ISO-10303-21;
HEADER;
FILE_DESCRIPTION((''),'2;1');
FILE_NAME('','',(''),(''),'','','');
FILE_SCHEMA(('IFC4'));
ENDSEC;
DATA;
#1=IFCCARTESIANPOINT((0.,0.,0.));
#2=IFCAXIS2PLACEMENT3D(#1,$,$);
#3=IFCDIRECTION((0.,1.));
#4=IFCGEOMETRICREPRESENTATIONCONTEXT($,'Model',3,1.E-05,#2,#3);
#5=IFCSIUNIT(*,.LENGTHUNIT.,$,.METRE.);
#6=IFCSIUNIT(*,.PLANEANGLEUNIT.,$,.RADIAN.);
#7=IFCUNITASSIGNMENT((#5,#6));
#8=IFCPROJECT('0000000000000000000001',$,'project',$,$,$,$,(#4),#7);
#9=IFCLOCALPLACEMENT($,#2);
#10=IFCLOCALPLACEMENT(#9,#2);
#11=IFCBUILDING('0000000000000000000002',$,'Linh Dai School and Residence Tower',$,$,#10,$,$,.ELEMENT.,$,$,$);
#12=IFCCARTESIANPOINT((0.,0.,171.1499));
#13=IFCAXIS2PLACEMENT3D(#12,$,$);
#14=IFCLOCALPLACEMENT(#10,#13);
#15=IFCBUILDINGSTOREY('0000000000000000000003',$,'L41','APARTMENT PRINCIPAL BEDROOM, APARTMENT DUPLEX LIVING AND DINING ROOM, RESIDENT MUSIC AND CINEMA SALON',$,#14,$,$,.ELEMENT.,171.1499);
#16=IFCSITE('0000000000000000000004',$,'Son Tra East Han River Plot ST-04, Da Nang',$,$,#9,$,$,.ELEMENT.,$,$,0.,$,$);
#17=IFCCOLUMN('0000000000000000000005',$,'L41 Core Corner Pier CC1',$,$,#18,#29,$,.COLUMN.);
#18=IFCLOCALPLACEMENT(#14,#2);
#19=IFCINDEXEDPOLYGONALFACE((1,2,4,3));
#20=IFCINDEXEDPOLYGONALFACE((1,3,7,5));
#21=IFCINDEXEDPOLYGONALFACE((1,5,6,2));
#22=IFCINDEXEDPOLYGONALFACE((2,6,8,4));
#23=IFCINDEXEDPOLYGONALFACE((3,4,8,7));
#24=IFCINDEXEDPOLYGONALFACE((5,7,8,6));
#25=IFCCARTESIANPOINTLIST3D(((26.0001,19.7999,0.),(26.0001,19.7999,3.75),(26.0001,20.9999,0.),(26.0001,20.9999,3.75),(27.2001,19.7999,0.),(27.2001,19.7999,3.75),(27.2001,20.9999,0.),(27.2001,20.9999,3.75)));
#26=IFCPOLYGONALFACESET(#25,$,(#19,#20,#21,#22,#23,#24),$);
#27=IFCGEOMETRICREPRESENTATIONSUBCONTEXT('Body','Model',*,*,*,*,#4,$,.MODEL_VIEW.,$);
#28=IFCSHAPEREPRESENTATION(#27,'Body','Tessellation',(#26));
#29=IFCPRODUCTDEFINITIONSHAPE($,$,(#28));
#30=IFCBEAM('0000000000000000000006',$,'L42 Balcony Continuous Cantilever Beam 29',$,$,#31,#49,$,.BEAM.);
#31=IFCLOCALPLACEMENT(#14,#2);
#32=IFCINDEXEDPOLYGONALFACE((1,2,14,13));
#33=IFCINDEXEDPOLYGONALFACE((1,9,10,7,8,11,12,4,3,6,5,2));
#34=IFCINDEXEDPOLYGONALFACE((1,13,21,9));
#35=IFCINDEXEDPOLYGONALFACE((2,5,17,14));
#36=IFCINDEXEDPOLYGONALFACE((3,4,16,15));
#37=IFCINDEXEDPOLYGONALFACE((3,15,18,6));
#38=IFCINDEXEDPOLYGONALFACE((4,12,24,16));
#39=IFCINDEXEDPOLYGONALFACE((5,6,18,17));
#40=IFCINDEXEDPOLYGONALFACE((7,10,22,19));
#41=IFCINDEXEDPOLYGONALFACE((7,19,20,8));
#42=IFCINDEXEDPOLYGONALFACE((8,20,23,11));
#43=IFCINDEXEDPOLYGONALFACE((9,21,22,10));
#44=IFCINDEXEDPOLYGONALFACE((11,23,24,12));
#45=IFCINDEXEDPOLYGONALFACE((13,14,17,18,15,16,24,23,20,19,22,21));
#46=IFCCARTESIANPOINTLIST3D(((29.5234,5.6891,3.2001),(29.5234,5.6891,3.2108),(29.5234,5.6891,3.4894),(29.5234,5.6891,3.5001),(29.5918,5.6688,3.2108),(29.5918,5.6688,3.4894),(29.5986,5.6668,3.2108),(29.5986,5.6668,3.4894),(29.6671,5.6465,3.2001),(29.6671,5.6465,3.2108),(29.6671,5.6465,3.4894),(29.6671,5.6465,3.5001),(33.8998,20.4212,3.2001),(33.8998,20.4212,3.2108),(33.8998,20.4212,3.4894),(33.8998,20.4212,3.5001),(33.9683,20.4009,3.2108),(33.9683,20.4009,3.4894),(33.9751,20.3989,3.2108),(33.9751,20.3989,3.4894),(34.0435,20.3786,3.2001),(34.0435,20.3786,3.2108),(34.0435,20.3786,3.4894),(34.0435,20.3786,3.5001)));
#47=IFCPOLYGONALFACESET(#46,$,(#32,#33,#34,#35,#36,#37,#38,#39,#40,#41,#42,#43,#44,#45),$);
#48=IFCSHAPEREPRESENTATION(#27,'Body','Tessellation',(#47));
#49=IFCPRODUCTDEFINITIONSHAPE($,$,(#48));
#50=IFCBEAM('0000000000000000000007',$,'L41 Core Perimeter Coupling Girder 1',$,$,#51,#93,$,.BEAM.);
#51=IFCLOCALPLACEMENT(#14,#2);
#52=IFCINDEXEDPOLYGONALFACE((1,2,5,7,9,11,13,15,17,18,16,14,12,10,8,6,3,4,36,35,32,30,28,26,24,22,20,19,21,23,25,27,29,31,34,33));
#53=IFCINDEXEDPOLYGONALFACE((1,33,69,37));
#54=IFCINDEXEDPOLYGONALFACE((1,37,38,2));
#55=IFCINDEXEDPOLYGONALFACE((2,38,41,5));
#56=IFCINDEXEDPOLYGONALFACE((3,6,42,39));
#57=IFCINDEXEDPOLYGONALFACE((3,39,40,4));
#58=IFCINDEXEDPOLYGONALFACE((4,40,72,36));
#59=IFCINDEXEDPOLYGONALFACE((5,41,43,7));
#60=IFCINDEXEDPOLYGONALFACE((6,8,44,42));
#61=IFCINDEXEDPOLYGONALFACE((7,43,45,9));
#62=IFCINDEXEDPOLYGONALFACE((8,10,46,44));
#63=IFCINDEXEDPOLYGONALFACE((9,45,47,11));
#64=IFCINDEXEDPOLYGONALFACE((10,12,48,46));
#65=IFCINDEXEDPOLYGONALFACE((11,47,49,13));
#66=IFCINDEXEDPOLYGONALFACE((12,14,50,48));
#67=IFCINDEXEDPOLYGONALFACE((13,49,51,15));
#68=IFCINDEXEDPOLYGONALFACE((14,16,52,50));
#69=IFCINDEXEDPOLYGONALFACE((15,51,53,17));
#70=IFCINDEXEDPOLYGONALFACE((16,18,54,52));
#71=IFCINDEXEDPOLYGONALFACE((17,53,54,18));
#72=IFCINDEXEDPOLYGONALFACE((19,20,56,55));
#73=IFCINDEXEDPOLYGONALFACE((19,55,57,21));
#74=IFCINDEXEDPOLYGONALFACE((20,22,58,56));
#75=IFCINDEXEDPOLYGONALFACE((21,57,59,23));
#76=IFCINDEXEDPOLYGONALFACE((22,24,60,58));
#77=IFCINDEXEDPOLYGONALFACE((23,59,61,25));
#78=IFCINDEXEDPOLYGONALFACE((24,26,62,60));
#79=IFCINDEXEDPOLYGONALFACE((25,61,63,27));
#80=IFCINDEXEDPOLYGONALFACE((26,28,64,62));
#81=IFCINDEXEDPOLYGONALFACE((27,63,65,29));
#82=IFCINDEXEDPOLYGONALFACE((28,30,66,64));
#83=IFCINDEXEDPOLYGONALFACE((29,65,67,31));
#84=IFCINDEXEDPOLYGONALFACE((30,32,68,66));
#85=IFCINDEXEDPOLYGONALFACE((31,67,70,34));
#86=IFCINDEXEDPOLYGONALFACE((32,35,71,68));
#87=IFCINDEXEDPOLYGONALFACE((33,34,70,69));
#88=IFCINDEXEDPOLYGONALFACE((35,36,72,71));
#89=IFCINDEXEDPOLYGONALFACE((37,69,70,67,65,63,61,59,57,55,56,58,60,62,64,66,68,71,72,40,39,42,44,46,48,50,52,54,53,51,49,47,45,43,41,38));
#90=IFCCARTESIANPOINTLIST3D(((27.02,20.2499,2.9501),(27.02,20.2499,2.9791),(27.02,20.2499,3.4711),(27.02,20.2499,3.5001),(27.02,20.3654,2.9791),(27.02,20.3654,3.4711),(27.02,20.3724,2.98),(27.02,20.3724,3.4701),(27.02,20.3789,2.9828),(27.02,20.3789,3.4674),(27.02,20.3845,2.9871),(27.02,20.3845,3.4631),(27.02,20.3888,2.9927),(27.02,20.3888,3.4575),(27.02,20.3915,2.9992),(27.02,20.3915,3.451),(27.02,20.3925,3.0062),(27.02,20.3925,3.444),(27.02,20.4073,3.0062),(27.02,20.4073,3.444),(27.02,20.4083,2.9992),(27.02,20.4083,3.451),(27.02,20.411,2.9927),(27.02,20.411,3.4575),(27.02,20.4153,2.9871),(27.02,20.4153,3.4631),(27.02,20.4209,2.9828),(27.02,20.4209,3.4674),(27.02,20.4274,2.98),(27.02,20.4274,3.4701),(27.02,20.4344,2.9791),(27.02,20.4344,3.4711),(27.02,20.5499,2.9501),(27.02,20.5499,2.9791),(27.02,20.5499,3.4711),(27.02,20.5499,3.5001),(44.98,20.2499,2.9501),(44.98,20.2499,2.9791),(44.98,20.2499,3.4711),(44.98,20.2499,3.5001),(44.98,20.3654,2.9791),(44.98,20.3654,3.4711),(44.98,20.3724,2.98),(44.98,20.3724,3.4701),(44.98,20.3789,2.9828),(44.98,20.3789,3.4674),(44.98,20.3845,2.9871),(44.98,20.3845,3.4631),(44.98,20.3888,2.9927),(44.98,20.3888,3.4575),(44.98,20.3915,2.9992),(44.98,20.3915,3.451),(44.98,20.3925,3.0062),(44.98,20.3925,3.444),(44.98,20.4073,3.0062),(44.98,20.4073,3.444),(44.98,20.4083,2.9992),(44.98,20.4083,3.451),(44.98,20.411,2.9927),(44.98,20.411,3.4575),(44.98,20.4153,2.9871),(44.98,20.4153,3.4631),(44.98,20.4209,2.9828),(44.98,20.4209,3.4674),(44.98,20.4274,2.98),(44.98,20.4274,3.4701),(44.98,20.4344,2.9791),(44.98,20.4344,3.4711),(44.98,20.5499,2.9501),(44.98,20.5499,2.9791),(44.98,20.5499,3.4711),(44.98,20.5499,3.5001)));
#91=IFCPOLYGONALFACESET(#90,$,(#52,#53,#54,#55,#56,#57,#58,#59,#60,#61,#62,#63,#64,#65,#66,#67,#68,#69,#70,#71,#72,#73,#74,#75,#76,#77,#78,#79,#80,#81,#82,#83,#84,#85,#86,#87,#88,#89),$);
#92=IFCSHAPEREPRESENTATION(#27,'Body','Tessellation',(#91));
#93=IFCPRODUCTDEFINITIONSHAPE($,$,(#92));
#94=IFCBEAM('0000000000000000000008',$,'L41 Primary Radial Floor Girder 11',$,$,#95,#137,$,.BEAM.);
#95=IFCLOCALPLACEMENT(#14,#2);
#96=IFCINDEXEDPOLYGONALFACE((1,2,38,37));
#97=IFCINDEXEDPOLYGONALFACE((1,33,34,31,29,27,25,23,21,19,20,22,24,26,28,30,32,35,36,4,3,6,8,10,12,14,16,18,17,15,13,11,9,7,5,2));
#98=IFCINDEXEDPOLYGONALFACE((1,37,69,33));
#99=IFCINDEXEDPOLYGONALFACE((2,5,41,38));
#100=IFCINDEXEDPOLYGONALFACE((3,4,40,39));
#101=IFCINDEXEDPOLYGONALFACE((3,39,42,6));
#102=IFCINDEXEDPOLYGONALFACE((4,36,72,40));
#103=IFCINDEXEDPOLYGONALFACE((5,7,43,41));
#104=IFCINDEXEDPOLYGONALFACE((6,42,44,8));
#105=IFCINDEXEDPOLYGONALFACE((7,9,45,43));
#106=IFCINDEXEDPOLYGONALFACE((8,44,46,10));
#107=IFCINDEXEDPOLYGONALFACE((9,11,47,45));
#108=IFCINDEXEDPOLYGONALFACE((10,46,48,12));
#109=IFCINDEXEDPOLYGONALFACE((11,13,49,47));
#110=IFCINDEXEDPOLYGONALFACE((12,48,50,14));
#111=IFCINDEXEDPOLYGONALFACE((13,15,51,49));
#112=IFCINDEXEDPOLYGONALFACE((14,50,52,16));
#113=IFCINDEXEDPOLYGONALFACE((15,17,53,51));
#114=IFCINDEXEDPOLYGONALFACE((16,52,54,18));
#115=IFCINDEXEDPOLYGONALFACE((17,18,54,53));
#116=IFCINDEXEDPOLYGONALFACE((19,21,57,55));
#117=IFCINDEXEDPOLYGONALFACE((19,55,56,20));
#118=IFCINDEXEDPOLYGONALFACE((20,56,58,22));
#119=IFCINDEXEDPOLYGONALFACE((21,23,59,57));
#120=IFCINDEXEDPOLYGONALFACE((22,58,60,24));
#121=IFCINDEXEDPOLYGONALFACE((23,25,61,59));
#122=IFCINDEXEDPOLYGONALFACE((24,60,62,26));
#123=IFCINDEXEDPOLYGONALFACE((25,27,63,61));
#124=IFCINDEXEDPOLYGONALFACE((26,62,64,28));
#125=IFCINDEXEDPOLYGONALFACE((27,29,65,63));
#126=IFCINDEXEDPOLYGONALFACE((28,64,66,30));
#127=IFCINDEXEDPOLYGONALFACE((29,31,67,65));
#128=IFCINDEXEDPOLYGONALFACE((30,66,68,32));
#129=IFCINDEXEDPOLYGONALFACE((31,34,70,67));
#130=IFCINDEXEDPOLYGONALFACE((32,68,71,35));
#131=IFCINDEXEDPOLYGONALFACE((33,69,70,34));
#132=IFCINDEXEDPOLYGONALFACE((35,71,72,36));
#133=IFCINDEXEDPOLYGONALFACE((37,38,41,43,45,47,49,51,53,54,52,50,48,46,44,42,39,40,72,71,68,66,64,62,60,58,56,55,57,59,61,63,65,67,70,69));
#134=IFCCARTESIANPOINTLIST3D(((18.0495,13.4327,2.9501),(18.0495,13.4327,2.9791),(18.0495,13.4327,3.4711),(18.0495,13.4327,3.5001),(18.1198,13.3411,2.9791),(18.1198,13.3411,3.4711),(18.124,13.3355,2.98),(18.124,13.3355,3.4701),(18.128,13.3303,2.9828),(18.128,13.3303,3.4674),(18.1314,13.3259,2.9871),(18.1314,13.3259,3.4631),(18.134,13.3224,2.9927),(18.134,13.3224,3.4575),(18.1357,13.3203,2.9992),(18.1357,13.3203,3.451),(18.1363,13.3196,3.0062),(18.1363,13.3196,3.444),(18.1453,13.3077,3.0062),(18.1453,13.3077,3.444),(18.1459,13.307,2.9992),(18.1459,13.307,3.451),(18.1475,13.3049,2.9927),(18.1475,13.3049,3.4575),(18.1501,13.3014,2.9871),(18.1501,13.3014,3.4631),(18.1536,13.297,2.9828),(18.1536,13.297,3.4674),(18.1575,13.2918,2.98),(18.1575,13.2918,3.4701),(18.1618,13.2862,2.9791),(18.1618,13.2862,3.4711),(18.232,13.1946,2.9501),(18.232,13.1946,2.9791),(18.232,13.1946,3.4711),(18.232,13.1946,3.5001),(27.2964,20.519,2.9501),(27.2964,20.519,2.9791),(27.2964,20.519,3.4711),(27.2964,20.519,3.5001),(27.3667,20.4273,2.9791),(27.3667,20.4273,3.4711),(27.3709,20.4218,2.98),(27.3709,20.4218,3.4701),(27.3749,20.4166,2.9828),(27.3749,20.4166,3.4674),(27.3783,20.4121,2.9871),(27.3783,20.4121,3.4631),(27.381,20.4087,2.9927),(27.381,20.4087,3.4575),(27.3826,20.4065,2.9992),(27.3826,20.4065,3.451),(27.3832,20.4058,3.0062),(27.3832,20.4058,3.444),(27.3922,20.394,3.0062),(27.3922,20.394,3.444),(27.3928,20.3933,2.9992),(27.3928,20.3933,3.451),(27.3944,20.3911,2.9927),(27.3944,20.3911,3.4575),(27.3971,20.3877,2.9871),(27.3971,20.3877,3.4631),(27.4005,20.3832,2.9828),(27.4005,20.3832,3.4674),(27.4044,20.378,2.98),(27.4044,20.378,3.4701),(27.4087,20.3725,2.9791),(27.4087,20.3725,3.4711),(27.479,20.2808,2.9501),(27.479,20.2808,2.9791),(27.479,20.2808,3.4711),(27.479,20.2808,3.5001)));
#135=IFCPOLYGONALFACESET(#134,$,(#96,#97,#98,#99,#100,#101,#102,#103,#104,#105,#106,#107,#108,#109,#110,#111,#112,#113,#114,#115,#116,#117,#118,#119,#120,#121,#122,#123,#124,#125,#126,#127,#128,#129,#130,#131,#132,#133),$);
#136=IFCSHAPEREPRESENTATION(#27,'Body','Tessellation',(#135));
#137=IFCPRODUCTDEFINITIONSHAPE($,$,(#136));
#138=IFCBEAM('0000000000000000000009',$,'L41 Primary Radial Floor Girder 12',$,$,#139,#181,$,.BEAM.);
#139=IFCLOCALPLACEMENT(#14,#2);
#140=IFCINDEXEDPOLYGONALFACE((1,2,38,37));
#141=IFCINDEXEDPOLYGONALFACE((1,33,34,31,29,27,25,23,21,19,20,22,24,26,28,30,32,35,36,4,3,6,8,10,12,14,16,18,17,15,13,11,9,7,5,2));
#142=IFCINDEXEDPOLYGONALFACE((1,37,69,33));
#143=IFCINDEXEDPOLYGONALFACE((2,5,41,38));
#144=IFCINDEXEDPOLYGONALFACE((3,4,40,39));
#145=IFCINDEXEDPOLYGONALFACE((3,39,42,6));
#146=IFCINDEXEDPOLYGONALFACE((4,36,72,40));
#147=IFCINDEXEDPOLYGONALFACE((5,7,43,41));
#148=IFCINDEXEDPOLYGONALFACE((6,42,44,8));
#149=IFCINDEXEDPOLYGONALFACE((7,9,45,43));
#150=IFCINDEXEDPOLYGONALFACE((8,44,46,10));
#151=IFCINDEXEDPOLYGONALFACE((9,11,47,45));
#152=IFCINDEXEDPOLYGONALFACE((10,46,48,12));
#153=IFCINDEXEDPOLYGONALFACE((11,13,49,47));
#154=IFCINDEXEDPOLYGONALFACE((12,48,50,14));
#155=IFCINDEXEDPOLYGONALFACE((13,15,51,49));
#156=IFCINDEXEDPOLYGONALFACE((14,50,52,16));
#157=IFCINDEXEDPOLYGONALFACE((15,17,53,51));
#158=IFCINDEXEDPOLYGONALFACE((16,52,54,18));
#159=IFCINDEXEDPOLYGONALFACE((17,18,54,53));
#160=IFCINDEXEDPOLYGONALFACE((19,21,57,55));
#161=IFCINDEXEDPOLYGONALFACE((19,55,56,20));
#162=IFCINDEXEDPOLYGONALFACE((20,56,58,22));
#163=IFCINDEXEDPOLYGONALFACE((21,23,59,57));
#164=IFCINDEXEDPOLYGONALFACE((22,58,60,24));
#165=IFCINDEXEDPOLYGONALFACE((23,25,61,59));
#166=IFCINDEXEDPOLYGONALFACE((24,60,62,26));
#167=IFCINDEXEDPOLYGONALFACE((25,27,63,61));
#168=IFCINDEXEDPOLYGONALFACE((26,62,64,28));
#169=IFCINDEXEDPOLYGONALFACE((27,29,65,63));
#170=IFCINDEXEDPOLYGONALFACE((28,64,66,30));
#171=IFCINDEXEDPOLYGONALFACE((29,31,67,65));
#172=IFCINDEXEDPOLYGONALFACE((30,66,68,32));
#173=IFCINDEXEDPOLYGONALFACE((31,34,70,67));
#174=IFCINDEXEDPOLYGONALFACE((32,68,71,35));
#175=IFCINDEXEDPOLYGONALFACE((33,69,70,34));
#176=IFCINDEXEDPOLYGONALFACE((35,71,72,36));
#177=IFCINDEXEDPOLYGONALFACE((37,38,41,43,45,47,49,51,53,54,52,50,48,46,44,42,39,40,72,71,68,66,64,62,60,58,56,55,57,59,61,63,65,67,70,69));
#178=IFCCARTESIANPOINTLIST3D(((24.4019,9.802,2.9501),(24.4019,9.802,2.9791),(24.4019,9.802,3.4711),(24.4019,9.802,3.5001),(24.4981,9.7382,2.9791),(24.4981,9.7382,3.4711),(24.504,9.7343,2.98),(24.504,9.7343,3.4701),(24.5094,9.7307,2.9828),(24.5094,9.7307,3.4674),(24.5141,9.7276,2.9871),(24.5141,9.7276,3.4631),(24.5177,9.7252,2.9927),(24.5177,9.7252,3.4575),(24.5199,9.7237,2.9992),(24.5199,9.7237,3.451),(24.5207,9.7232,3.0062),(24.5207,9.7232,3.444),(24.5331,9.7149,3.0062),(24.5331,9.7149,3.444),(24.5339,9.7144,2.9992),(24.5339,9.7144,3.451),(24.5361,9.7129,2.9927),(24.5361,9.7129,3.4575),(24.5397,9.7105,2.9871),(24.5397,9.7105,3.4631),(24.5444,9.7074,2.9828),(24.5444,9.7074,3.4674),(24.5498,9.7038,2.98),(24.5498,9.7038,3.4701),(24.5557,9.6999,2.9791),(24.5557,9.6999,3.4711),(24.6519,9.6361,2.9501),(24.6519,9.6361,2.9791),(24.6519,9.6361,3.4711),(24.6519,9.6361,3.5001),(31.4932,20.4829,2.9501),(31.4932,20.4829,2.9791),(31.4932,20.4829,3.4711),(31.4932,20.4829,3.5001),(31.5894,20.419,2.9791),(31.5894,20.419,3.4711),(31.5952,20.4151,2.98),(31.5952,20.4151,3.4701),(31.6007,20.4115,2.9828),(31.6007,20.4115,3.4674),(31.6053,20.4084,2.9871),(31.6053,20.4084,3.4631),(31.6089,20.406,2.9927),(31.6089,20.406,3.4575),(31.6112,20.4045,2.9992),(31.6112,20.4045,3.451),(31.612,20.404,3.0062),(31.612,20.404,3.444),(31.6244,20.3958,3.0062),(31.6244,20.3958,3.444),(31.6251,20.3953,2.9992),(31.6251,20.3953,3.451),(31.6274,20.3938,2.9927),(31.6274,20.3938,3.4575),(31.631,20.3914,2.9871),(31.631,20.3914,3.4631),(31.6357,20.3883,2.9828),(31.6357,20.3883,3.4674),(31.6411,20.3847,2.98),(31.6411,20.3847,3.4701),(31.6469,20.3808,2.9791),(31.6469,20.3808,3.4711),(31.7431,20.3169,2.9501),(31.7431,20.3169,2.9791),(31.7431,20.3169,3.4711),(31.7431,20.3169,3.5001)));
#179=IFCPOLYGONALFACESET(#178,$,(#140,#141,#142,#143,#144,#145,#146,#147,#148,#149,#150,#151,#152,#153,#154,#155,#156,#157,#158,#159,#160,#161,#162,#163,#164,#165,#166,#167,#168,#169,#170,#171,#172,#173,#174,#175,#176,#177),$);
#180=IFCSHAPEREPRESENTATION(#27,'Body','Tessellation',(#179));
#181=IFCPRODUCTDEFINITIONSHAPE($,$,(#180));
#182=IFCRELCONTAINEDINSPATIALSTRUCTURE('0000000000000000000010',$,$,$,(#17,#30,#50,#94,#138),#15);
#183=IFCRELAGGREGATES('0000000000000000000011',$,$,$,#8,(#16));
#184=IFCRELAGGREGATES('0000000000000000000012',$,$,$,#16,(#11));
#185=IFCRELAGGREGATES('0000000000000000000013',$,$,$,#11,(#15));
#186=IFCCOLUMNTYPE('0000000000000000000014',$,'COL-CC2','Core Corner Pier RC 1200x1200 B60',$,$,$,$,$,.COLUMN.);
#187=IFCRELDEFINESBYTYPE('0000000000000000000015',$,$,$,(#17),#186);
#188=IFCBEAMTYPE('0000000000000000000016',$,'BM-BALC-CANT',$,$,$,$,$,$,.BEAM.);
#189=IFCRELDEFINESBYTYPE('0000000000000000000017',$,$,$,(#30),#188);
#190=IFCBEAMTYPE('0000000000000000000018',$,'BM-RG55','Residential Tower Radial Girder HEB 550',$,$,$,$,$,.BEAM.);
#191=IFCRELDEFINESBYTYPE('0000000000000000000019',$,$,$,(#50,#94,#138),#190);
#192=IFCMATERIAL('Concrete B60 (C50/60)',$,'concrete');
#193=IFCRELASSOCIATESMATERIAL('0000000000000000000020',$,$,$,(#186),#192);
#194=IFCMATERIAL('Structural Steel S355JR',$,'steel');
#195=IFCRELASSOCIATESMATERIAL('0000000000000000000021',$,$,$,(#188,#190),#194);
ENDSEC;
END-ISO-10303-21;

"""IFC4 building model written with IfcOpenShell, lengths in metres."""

from ifc_helpers import new_model, si_unit, direction, frame, origin, origin_2d, place, context, subcontext, project, spatial, rectangle, i_section, extrude, material, material_profile, profile_set, type_object, element, save


model = new_model("IFC4")

# Units and contexts
model_context = context("Model", 3, precision=1e-05, world=origin(), true_north=direction((0.0, 1.0)))
body_context = subcontext(model_context, "Body", "Model", "MODEL_VIEW")
ifc_project = project(units=[si_unit("LENGTHUNIT", "METRE"), si_unit("PLANEANGLEUNIT", "RADIAN")], contexts=[model_context])

# Site, building, storey
site_placement = place(None, origin())
site = spatial("IfcSite", under=ifc_project, at=site_placement, Name="Son Tra East Han River Plot ST-04, Da Nang", CompositionType="ELEMENT", RefElevation=0.0)
building_placement = place(site_placement, origin())
building = spatial("IfcBuilding", under=site, at=building_placement, Name="Linh Dai School and Residence Tower", CompositionType="ELEMENT")
storey_placement = place(building_placement, frame((0.0, 0.0, 171.1499)))
storey = spatial("IfcBuildingStorey", under=building, at=storey_placement, Name="L41", Description="APARTMENT PRINCIPAL BEDROOM, APARTMENT DUPLEX LIVING AND DINING ROOM, RESIDENT MUSIC AND CINEMA SALON", CompositionType="ELEMENT", Elevation=171.1499)

# Column
ifc_material_1 = material(Name="Concrete B60 (C50/60)", Category="concrete")
ifc_material_profile_1 = material_profile(ifc_material_1, rectangle(XDim=1.2, YDim=1.2, at=origin_2d()), Name="RC 1200x1200")
ifc_profile_set_1 = profile_set([ifc_material_profile_1], Name="Concrete B60 (C50/60)")
column_type = type_object("IfcColumnType", Name="COL-CC2", Description="Core Corner Pier RC 1200x1200 B60", PredefinedType="COLUMN", material=ifc_profile_set_1)
column_placement = place(storey_placement, frame((26.6001, 20.3999, 0.0), z_axis=(0.0, 0.0, 1.0), x_axis=(1.0, 0.0, 0.0)))
element("IfcColumn", 1, at=column_placement, inside=storey, type_object=column_type, Name="L41 Core Corner Pier CC1", PredefinedType="COLUMN", context=body_context, shape_type="SweptSolid", body=[
    extrude(rectangle(XDim=1.2, YDim=1.2, at=origin_2d()), origin(), (0.0, 0.0, 1.0), 3.75),
])

# Beams
ifc_material_2 = material(Name="Structural Steel S355JR", Category="steel")
ifc_material_profile_2 = material_profile(ifc_material_2, i_section(OverallWidth=0.1499, OverallDepth=0.3, WebThickness=0.0071, FlangeThickness=0.0107, at=origin_2d()), Name="IPE 300")
ifc_profile_set_2 = profile_set([ifc_material_profile_2], Name="Structural Steel S355JR")
beam_type_1 = type_object("IfcBeamType", Name="BM-BALC-CANT", PredefinedType="BEAM", material=ifc_profile_set_2)
beam_1_placement = place(storey_placement, frame((33.9717, 20.3999, 3.3501), z_axis=(-0.284769, -0.958596, 0.0), x_axis=(0.958596, -0.284769, 0.0)))
element("IfcBeam", 2, at=beam_1_placement, inside=storey, type_object=beam_type_1, Name="L42 Balcony Continuous Cantilever Beam 29", PredefinedType="BEAM", context=body_context, shape_type="SweptSolid", body=[
    extrude(i_section(OverallWidth=0.1499, OverallDepth=0.3, WebThickness=0.0071, FlangeThickness=0.0107, at=origin_2d()), origin(), (0.0, 0.0, 1.0), 15.3684),
])
ifc_material_profile_3 = material_profile(ifc_material_2, i_section(OverallWidth=0.3, OverallDepth=0.55, WebThickness=0.0149, FlangeThickness=0.0291, FilletRadius=0.0271, at=origin_2d()), Name="HEB 550")
ifc_profile_set_3 = profile_set([ifc_material_profile_3], Name="Structural Steel S355JR")
beam_type_2 = type_object("IfcBeamType", Name="BM-RG55", Description="Residential Tower Radial Girder HEB 550", PredefinedType="BEAM", material=ifc_profile_set_3)
beam_2_placement = place(storey_placement, frame((27.02, 20.3999, 3.2251), z_axis=(1.0, 0.0, 0.0), x_axis=(0.0, 1.0, 0.0)))
element("IfcBeam", 3, at=beam_2_placement, inside=storey, type_object=beam_type_2, Name="L41 Core Perimeter Coupling Girder 1", PredefinedType="BEAM", context=body_context, shape_type="SweptSolid", body=[
    extrude(i_section(OverallWidth=0.3, OverallDepth=0.55, WebThickness=0.0149, FlangeThickness=0.0291, FilletRadius=0.0271, at=origin_2d()), origin(), (0.0, 0.0, 1.0), 17.96),
])
beam_3_placement = place(storey_placement, frame((27.3877, 20.3999, 3.2251), z_axis=(-0.793733, -0.608267, 0.0), x_axis=(0.608267, -0.793733, 0.0)))
element("IfcBeam", 4, at=beam_3_placement, inside=storey, type_object=beam_type_2, Name="L41 Primary Radial Floor Girder 11", PredefinedType="BEAM", context=body_context, shape_type="SweptSolid", body=[
    extrude(i_section(OverallWidth=0.3, OverallDepth=0.55, WebThickness=0.0149, FlangeThickness=0.0291, FilletRadius=0.0271, at=origin_2d()), origin(), (0.0, 0.0, 1.0), 11.6499),
])
beam_4_placement = place(storey_placement, frame((31.6182, 20.3999, 3.2251), z_axis=(-0.553117, -0.833103, 0.0), x_axis=(0.833103, -0.553117, 0.0)))
element("IfcBeam", 5, at=beam_4_placement, inside=storey, type_object=beam_type_2, Name="L41 Primary Radial Floor Girder 12", PredefinedType="BEAM", context=body_context, shape_type="SweptSolid", body=[
    extrude(i_section(OverallWidth=0.3, OverallDepth=0.55, WebThickness=0.0149, FlangeThickness=0.0291, FilletRadius=0.0271, at=origin_2d()), origin(), (0.0, 0.0, 1.0), 12.8206),
])

save(model, "model.ifc")
